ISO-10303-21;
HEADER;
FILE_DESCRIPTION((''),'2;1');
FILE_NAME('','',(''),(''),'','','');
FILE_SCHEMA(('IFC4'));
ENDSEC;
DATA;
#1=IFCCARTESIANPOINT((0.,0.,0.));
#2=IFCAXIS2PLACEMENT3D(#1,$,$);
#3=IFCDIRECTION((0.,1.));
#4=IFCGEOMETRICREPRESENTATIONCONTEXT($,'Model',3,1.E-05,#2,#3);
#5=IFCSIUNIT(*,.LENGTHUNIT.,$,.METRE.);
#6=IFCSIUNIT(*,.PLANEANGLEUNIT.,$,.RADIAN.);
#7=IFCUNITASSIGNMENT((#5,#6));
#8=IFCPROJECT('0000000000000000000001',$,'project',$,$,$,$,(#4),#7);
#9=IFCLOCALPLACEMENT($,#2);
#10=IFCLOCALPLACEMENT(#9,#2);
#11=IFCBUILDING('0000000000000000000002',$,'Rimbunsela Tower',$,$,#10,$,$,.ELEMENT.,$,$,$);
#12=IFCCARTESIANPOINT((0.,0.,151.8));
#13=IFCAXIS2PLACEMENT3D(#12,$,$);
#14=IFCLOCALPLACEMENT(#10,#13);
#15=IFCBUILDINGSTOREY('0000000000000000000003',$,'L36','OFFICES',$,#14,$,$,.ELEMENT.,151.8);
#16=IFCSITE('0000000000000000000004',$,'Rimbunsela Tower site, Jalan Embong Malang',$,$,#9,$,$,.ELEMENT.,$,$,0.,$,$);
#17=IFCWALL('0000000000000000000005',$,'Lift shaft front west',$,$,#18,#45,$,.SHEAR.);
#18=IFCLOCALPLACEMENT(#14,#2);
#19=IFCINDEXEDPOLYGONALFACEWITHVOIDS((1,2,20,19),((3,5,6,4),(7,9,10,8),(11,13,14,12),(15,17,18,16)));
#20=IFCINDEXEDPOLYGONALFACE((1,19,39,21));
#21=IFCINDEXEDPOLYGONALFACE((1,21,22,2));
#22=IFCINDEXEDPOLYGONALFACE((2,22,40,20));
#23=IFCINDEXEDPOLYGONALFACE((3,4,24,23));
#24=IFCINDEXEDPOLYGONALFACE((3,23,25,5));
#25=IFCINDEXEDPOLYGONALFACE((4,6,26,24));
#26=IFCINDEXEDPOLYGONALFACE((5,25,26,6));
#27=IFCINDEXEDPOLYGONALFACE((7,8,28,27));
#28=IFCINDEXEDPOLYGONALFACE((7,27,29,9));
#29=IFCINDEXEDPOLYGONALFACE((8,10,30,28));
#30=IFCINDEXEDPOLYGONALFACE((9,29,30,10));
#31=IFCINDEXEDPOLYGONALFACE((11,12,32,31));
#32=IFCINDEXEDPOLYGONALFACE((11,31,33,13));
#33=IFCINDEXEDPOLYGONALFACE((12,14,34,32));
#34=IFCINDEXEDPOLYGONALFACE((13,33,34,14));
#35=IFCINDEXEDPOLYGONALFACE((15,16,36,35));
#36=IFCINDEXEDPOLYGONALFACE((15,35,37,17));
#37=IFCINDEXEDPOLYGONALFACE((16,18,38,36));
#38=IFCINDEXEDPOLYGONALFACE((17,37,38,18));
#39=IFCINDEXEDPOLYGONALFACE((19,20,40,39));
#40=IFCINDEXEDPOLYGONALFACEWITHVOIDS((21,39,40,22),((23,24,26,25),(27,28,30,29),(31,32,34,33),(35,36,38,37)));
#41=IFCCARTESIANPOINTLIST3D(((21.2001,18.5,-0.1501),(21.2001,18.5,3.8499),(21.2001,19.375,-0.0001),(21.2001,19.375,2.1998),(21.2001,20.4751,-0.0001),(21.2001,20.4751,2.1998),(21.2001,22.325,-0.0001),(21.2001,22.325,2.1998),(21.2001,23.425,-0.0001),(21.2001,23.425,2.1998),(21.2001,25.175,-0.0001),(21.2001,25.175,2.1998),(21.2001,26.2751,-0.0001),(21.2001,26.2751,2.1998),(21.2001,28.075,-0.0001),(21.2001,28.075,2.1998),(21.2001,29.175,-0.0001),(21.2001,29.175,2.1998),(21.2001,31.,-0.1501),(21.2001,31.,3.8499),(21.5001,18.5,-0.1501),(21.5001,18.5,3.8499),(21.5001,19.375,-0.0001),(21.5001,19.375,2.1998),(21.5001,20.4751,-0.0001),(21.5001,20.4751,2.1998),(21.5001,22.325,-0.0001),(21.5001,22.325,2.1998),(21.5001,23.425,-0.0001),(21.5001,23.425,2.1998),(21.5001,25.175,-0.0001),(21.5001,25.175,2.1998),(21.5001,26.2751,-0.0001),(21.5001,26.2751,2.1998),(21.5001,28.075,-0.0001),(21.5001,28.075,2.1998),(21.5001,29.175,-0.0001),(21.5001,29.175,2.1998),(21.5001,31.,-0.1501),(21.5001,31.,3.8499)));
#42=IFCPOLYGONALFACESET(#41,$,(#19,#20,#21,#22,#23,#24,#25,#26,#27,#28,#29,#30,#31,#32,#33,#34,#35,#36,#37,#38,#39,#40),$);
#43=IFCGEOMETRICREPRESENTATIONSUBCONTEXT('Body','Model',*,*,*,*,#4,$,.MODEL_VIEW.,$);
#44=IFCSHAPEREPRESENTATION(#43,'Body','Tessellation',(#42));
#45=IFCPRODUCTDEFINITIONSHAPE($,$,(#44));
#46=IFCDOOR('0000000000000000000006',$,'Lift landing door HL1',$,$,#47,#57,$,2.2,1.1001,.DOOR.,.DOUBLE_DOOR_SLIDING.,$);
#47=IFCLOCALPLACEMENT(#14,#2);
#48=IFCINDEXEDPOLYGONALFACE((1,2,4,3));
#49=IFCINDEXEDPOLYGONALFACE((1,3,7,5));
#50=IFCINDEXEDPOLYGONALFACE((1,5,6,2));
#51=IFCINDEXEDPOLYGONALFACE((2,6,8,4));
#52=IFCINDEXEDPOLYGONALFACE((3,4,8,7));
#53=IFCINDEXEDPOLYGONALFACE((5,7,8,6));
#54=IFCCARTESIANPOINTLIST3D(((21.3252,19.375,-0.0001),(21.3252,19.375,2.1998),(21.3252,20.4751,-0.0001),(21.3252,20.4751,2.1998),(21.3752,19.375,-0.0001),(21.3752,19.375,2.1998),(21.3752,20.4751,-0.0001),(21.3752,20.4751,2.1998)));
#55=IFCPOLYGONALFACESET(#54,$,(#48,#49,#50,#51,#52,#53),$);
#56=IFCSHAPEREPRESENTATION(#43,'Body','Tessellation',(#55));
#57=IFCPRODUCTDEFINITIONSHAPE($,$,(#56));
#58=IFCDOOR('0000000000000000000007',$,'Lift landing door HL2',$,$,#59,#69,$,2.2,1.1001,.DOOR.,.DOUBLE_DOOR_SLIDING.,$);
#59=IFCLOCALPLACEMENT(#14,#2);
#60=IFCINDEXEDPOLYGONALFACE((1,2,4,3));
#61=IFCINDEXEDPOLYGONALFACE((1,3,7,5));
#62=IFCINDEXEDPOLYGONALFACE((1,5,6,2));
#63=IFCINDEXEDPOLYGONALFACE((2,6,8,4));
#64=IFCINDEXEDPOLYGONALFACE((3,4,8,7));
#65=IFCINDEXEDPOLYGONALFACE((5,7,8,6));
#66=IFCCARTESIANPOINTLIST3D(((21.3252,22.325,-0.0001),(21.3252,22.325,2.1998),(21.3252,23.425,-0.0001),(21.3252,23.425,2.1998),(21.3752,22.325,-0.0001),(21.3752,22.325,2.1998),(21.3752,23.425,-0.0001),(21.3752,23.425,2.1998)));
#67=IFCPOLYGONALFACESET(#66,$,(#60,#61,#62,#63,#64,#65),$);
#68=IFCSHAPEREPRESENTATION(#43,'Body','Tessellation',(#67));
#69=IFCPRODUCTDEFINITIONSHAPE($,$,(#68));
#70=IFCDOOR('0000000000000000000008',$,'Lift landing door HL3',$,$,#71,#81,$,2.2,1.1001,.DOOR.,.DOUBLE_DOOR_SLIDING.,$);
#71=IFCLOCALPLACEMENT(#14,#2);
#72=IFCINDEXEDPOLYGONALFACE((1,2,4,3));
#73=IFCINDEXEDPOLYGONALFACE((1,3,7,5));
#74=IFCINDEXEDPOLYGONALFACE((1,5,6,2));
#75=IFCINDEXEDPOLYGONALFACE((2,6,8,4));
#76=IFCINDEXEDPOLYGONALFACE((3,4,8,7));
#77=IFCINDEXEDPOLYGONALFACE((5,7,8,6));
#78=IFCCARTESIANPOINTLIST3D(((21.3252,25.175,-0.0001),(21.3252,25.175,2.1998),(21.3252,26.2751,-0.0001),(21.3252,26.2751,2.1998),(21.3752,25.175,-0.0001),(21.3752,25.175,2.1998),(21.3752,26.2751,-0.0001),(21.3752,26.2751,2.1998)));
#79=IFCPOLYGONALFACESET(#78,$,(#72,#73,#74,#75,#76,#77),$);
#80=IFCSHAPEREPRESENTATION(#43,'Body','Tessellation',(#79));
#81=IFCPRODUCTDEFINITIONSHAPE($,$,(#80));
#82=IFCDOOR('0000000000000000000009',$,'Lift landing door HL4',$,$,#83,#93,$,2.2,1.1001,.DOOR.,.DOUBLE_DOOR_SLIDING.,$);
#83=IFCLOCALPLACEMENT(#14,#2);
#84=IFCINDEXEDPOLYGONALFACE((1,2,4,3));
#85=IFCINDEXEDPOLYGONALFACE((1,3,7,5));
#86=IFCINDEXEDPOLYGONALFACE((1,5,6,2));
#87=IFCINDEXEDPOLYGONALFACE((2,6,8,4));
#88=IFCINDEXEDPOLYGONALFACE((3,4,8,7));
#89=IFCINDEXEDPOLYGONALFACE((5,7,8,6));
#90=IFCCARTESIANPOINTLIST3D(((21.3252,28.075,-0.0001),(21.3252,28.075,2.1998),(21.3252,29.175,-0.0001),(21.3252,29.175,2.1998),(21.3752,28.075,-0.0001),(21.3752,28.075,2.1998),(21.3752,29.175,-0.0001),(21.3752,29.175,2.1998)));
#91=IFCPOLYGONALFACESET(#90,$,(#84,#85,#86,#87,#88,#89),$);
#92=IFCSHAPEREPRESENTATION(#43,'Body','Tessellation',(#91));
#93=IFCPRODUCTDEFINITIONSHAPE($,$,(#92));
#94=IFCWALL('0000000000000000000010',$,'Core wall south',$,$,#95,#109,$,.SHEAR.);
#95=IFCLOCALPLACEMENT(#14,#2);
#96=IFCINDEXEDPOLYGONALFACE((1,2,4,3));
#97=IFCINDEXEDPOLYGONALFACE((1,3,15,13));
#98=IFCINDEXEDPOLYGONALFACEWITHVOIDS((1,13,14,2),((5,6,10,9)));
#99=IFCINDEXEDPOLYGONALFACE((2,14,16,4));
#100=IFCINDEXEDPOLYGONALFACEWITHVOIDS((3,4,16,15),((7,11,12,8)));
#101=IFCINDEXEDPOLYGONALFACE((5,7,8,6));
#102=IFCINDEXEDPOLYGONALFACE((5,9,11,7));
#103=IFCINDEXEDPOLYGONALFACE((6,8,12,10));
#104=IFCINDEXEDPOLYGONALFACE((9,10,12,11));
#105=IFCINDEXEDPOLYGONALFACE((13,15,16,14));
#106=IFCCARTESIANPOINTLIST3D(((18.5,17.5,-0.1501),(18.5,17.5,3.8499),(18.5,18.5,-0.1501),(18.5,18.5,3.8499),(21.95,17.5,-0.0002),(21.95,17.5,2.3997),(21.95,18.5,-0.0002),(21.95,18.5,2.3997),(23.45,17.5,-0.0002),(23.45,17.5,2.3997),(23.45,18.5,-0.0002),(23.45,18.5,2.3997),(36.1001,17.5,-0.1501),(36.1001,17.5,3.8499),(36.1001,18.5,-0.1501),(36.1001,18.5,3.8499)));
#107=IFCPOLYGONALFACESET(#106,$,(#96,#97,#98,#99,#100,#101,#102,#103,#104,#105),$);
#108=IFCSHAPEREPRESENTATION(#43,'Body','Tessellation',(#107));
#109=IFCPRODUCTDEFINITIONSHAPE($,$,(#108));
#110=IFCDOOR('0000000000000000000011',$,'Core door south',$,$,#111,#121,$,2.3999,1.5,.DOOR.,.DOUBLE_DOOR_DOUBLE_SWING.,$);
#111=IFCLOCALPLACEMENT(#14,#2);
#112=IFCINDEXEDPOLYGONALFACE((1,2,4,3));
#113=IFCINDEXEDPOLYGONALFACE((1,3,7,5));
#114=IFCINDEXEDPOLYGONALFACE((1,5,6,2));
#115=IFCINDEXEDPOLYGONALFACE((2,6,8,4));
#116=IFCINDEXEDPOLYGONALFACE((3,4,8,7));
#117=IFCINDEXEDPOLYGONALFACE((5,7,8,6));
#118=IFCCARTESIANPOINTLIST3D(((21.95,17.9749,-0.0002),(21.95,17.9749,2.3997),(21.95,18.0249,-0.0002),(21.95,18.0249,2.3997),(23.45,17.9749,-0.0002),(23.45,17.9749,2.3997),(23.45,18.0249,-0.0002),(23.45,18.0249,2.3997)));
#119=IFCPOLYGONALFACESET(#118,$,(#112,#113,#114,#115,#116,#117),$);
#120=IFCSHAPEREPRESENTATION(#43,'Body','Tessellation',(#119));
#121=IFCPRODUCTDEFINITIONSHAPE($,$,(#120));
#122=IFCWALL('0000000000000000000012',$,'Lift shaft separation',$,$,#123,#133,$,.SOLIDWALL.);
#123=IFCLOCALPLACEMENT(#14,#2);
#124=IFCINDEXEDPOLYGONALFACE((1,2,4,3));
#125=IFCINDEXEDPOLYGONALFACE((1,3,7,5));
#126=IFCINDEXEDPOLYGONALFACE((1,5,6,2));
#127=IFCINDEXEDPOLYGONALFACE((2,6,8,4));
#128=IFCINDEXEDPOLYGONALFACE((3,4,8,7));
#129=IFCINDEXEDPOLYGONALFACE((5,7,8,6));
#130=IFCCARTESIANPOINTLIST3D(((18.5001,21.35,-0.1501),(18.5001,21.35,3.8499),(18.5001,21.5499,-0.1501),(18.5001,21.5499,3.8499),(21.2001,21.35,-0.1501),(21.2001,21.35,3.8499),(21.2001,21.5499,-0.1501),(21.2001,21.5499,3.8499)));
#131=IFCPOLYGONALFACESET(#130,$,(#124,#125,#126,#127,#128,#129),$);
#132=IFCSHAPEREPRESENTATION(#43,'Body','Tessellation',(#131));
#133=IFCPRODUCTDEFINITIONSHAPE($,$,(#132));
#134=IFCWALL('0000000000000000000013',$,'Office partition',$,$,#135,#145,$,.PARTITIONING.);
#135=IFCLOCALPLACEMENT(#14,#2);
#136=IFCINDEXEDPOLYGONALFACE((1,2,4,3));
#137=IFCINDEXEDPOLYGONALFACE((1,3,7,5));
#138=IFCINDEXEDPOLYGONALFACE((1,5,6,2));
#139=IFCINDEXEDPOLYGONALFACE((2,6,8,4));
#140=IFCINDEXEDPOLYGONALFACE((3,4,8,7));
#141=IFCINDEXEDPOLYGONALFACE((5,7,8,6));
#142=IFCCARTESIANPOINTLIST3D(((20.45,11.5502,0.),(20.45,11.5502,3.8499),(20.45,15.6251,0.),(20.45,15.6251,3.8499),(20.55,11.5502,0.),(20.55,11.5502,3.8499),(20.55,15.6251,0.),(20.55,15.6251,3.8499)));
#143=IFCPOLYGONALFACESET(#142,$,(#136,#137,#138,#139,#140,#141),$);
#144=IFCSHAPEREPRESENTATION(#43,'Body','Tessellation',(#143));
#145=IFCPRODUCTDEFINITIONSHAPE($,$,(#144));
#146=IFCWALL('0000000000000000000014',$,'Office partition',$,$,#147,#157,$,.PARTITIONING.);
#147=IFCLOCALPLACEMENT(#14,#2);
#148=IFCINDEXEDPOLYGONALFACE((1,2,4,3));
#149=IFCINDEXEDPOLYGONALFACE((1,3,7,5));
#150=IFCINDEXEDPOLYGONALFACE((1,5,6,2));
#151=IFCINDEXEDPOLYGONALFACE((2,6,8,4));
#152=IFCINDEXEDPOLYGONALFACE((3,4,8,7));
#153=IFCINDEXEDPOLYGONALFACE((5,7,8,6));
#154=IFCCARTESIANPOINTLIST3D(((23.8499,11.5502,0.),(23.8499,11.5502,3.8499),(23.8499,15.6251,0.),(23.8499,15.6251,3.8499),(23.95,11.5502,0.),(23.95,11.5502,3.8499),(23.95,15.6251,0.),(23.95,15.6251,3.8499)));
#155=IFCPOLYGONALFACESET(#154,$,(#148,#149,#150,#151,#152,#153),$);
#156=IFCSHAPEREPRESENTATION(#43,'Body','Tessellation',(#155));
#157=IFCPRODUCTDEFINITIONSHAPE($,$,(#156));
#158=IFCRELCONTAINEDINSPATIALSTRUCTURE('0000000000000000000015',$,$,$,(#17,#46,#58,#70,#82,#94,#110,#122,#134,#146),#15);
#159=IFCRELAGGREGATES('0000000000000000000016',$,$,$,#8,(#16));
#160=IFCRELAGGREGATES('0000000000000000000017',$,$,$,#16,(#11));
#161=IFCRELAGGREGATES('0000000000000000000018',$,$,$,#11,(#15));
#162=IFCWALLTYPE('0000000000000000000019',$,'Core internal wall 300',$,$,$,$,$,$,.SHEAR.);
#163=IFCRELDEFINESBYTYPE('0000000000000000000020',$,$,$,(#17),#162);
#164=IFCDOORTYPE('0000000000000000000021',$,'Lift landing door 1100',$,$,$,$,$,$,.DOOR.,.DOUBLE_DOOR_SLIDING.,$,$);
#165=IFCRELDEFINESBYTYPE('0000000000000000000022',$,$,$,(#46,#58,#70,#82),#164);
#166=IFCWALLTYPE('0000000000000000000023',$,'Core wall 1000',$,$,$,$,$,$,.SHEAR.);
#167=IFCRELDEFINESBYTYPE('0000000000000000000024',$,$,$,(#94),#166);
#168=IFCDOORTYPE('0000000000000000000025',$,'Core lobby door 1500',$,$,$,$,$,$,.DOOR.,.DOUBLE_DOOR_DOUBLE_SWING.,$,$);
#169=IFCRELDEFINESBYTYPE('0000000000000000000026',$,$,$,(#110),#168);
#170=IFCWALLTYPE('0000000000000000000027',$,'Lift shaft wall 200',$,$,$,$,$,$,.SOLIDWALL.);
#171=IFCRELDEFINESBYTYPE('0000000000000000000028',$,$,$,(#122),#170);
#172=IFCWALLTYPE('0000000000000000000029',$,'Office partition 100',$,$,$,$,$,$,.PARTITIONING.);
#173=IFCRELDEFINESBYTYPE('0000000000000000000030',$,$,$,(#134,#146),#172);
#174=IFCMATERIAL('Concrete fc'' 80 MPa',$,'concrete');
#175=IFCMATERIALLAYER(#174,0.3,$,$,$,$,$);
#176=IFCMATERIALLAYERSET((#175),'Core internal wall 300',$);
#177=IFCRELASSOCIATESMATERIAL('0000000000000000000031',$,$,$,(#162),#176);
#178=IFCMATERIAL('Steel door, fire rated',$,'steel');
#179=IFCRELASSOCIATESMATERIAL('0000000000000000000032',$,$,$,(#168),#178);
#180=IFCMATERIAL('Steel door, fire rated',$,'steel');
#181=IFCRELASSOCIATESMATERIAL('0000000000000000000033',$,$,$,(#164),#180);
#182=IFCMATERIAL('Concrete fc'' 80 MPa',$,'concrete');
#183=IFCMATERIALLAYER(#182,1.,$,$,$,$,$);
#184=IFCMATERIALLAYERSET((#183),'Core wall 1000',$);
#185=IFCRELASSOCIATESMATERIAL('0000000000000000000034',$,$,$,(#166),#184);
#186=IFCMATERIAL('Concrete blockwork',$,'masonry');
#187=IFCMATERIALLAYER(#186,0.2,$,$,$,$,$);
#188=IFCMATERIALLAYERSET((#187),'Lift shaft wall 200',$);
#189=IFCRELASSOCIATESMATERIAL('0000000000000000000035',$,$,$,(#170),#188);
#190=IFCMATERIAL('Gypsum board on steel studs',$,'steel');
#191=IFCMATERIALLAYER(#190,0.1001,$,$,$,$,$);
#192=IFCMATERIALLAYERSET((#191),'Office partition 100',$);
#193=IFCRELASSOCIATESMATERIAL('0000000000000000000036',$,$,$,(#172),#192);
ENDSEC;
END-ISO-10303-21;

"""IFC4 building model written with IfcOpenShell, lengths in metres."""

from ifc_helpers import new_model, si_unit, direction, frame, frame_2d, origin, place, context, subcontext, project, spatial, rectangle, extrude, material, layer, layer_set, type_object, element, fill, save


model = new_model("IFC4")

# Units and contexts
model_context = context("Model", 3, precision=1e-05, world=origin(), true_north=direction((0.0, 1.0)))
body_context = subcontext(model_context, "Body", "Model", "MODEL_VIEW")
ifc_project = project(units=[si_unit("LENGTHUNIT", "METRE"), si_unit("PLANEANGLEUNIT", "RADIAN")], contexts=[model_context])

# Site, building, storey
site_placement = place(None, origin())
site = spatial("IfcSite", under=ifc_project, at=site_placement, Name="Rimbunsela Tower site, Jalan Embong Malang", CompositionType="ELEMENT", RefElevation=0.0)
building_placement = place(site_placement, origin())
building = spatial("IfcBuilding", under=site, at=building_placement, Name="Rimbunsela Tower", CompositionType="ELEMENT")
storey_placement = place(building_placement, frame((0.0, 0.0, 151.8)))
storey = spatial("IfcBuildingStorey", under=building, at=storey_placement, Name="L36", Description="OFFICES", CompositionType="ELEMENT", Elevation=151.8)

# Shared definitions
ifc_material_1 = material(Name="Concrete fc' 80 MPa", Category="concrete")
ifc_layer_1 = layer(ifc_material_1, 0.3)
ifc_layer_set_1 = layer_set([ifc_layer_1], Name="Core internal wall 300")
wall_type_1 = type_object("IfcWallType", Name="Core internal wall 300", PredefinedType="SHEAR", material=ifc_layer_set_1)
ifc_material_2 = material(Name="Steel door, fire rated", Category="steel")
door_type_1 = type_object("IfcDoorType", Name="Core lobby door 1500", OperationType="DOUBLE_DOOR_DOUBLE_SWING", PredefinedType="DOOR", material=ifc_material_2)

# Wall, openings, doors
wall_1_placement = place(storey_placement, frame((21.3501, 18.5, -0.1501), z_axis=(0.0, 0.0, 1.0), x_axis=(0.0, 1.0, 0.0)))
wall_1 = element("IfcWall", 1, at=wall_1_placement, inside=storey, type_object=wall_type_1, Name="Lift shaft front west", PredefinedType="SHEAR", context=body_context, shape_type="SweptSolid", body=[
    extrude(rectangle(XDim=12.5, YDim=0.3, at=frame_2d((6.25, 0.0))), origin(), (0.0, 0.0, 1.0), 4.0),
])
opening_1_placement = place(wall_1_placement, frame((0.875, 0.0, 0.1499)))
opening_1 = element("IfcOpeningElement", 2, at=opening_1_placement, cuts=wall_1, PredefinedType="OPENING", context=body_context, shape_type="SweptSolid", body=[
    extrude(rectangle(XDim=1.1001, YDim=2.2, at=frame_2d((0.55, 1.1001))), frame((0.0, 0.1599, 0.0), z_axis=(0.0, -1.0, 0.0), x_axis=(1.0, 0.0, 0.0)), (0.0, 0.0, 1.0), 0.3201),
])
opening_2_placement = place(wall_1_placement, frame((3.825, 0.0, 0.1499)))
opening_2 = element("IfcOpeningElement", 3, at=opening_2_placement, cuts=wall_1, PredefinedType="OPENING", context=body_context, shape_type="SweptSolid", body=[
    extrude(rectangle(XDim=1.1001, YDim=2.2, at=frame_2d((0.55, 1.1001))), frame((0.0, 0.1599, 0.0), z_axis=(0.0, -1.0, 0.0), x_axis=(1.0, 0.0, 0.0)), (0.0, 0.0, 1.0), 0.3201),
])
opening_3_placement = place(wall_1_placement, frame((6.675, 0.0, 0.1499)))
opening_3 = element("IfcOpeningElement", 4, at=opening_3_placement, cuts=wall_1, PredefinedType="OPENING", context=body_context, shape_type="SweptSolid", body=[
    extrude(rectangle(XDim=1.1001, YDim=2.2, at=frame_2d((0.55, 1.1001))), frame((0.0, 0.1599, 0.0), z_axis=(0.0, -1.0, 0.0), x_axis=(1.0, 0.0, 0.0)), (0.0, 0.0, 1.0), 0.3201),
])
opening_4_placement = place(wall_1_placement, frame((9.575, 0.0, 0.1499)))
opening_4 = element("IfcOpeningElement", 5, at=opening_4_placement, cuts=wall_1, PredefinedType="OPENING", context=body_context, shape_type="SweptSolid", body=[
    extrude(rectangle(XDim=1.1001, YDim=2.2, at=frame_2d((0.55, 1.1001))), frame((0.0, 0.1599, 0.0), z_axis=(0.0, -1.0, 0.0), x_axis=(1.0, 0.0, 0.0)), (0.0, 0.0, 1.0), 0.3201),
])
ifc_material_3 = material(Name="Steel door, fire rated", Category="steel")
door_type_2 = type_object("IfcDoorType", Name="Lift landing door 1100", OperationType="DOUBLE_DOOR_SLIDING", PredefinedType="DOOR", material=ifc_material_3)
door_1_placement = place(opening_1_placement, origin())
door_1 = element("IfcDoor", 6, at=door_1_placement, inside=storey, type_object=door_type_2, Name="Lift landing door HL1", OperationType="DOUBLE_DOOR_SLIDING", OverallHeight=2.2, OverallWidth=1.1001, PredefinedType="DOOR", context=body_context, shape_type="SweptSolid", body=[
    extrude(rectangle(XDim=1.1001, YDim=2.2, at=frame_2d((0.55, 1.1001))), frame((0.0, 0.0249, 0.0), z_axis=(0.0, -1.0, 0.0), x_axis=(1.0, 0.0, 0.0)), (0.0, 0.0, 1.0), 0.05),
])
fill(opening_1, door_1)
door_2_placement = place(opening_2_placement, origin())
door_2 = element("IfcDoor", 7, at=door_2_placement, inside=storey, type_object=door_type_2, Name="Lift landing door HL2", OperationType="DOUBLE_DOOR_SLIDING", OverallHeight=2.2, OverallWidth=1.1001, PredefinedType="DOOR", context=body_context, shape_type="SweptSolid", body=[
    extrude(rectangle(XDim=1.1001, YDim=2.2, at=frame_2d((0.55, 1.1001))), frame((0.0, 0.0249, 0.0), z_axis=(0.0, -1.0, 0.0), x_axis=(1.0, 0.0, 0.0)), (0.0, 0.0, 1.0), 0.05),
])
fill(opening_2, door_2)
door_3_placement = place(opening_3_placement, origin())
door_3 = element("IfcDoor", 8, at=door_3_placement, inside=storey, type_object=door_type_2, Name="Lift landing door HL3", OperationType="DOUBLE_DOOR_SLIDING", OverallHeight=2.2, OverallWidth=1.1001, PredefinedType="DOOR", context=body_context, shape_type="SweptSolid", body=[
    extrude(rectangle(XDim=1.1001, YDim=2.2, at=frame_2d((0.55, 1.1001))), frame((0.0, 0.0249, 0.0), z_axis=(0.0, -1.0, 0.0), x_axis=(1.0, 0.0, 0.0)), (0.0, 0.0, 1.0), 0.05),
])
fill(opening_3, door_3)
door_4_placement = place(opening_4_placement, origin())
door_4 = element("IfcDoor", 9, at=door_4_placement, inside=storey, type_object=door_type_2, Name="Lift landing door HL4", OperationType="DOUBLE_DOOR_SLIDING", OverallHeight=2.2, OverallWidth=1.1001, PredefinedType="DOOR", context=body_context, shape_type="SweptSolid", body=[
    extrude(rectangle(XDim=1.1001, YDim=2.2, at=frame_2d((0.55, 1.1001))), frame((0.0, 0.0249, 0.0), z_axis=(0.0, -1.0, 0.0), x_axis=(1.0, 0.0, 0.0)), (0.0, 0.0, 1.0), 0.05),
])
fill(opening_4, door_4)

# Wall, opening, door
ifc_material_4 = material(Name="Concrete fc' 80 MPa", Category="concrete")
ifc_layer_2 = layer(ifc_material_4, 1.0)
ifc_layer_set_2 = layer_set([ifc_layer_2], Name="Core wall 1000")
wall_type_2 = type_object("IfcWallType", Name="Core wall 1000", PredefinedType="SHEAR", material=ifc_layer_set_2)
wall_2_placement = place(storey_placement, frame((18.5, 18.0, -0.1501), z_axis=(0.0, 0.0, 1.0), x_axis=(1.0, 0.0, 0.0)))
wall_2 = element("IfcWall", 10, at=wall_2_placement, inside=storey, type_object=wall_type_2, Name="Core wall south", PredefinedType="SHEAR", context=body_context, shape_type="SweptSolid", body=[
    extrude(rectangle(XDim=17.6001, YDim=1.0, at=frame_2d((8.8, 0.0))), origin(), (0.0, 0.0, 1.0), 4.0),
])
opening_5_placement = place(wall_2_placement, frame((3.45, 0.0, 0.1499)))
opening_5 = element("IfcOpeningElement", 11, at=opening_5_placement, cuts=wall_2, PredefinedType="OPENING", context=body_context, shape_type="SweptSolid", body=[
    extrude(rectangle(XDim=1.5, YDim=2.3999, at=frame_2d((0.75, 1.2))), frame((0.0, 0.51, 0.0), z_axis=(0.0, -1.0, 0.0), x_axis=(1.0, 0.0, 0.0)), (0.0, 0.0, 1.0), 1.02),
])
door_5_placement = place(opening_5_placement, origin())
door_5 = element("IfcDoor", 12, at=door_5_placement, inside=storey, type_object=door_type_1, Name="Core door south", OperationType="DOUBLE_DOOR_DOUBLE_SWING", OverallHeight=2.3999, OverallWidth=1.5, PredefinedType="DOOR", context=body_context, shape_type="SweptSolid", body=[
    extrude(rectangle(XDim=1.5, YDim=2.3999, at=frame_2d((0.75, 1.2))), frame((0.0, 0.0249, 0.0), z_axis=(0.0, -1.0, 0.0), x_axis=(1.0, 0.0, 0.0)), (0.0, 0.0, 1.0), 0.05),
])
fill(opening_5, door_5)

# Walls
ifc_material_5 = material(Name="Concrete blockwork", Category="masonry")
ifc_layer_3 = layer(ifc_material_5, 0.2)
ifc_layer_set_3 = layer_set([ifc_layer_3], Name="Lift shaft wall 200")
wall_type_3 = type_object("IfcWallType", Name="Lift shaft wall 200", PredefinedType="SOLIDWALL", material=ifc_layer_set_3)
wall_3_placement = place(storey_placement, frame((18.5, 21.45, -0.1501), z_axis=(0.0, 0.0, 1.0), x_axis=(1.0, 0.0, 0.0)))
element("IfcWall", 13, at=wall_3_placement, inside=storey, type_object=wall_type_3, Name="Lift shaft separation", PredefinedType="SOLIDWALL", context=body_context, shape_type="SweptSolid", body=[
    extrude(rectangle(XDim=2.7, YDim=0.2, at=frame_2d((1.3501, 0.0))), origin(), (0.0, 0.0, 1.0), 4.0),
])
ifc_material_6 = material(Name="Gypsum board on steel studs", Category="steel")
ifc_layer_4 = layer(ifc_material_6, 0.1001)
ifc_layer_set_4 = layer_set([ifc_layer_4], Name="Office partition 100")
wall_type_4 = type_object("IfcWallType", Name="Office partition 100", PredefinedType="PARTITIONING", material=ifc_layer_set_4)
for number, where, z_axis, x_axis, name in (
    (14, (20.5, 11.55, 0.0), (0.0, 0.0, 1.0), (0.0, 1.0, 0.0), "Office partition"),
    (15, (23.8999, 11.55, 0.0), (0.0, 0.0, 1.0), (0.0, 1.0, 0.0), "Office partition"),
):
    element("IfcWall", number, at=place(storey_placement, frame(where, z_axis=z_axis, x_axis=x_axis)), inside=storey, type_object=wall_type_4, Name=name, PredefinedType="PARTITIONING", context=body_context, shape_type="SweptSolid", body=[
        extrude(rectangle(XDim=4.075, YDim=0.1001, at=frame_2d((2.0376, 0.0))), origin(), (0.0, 0.0, 1.0), 3.8499),
    ])

save(model, "model.ifc")
